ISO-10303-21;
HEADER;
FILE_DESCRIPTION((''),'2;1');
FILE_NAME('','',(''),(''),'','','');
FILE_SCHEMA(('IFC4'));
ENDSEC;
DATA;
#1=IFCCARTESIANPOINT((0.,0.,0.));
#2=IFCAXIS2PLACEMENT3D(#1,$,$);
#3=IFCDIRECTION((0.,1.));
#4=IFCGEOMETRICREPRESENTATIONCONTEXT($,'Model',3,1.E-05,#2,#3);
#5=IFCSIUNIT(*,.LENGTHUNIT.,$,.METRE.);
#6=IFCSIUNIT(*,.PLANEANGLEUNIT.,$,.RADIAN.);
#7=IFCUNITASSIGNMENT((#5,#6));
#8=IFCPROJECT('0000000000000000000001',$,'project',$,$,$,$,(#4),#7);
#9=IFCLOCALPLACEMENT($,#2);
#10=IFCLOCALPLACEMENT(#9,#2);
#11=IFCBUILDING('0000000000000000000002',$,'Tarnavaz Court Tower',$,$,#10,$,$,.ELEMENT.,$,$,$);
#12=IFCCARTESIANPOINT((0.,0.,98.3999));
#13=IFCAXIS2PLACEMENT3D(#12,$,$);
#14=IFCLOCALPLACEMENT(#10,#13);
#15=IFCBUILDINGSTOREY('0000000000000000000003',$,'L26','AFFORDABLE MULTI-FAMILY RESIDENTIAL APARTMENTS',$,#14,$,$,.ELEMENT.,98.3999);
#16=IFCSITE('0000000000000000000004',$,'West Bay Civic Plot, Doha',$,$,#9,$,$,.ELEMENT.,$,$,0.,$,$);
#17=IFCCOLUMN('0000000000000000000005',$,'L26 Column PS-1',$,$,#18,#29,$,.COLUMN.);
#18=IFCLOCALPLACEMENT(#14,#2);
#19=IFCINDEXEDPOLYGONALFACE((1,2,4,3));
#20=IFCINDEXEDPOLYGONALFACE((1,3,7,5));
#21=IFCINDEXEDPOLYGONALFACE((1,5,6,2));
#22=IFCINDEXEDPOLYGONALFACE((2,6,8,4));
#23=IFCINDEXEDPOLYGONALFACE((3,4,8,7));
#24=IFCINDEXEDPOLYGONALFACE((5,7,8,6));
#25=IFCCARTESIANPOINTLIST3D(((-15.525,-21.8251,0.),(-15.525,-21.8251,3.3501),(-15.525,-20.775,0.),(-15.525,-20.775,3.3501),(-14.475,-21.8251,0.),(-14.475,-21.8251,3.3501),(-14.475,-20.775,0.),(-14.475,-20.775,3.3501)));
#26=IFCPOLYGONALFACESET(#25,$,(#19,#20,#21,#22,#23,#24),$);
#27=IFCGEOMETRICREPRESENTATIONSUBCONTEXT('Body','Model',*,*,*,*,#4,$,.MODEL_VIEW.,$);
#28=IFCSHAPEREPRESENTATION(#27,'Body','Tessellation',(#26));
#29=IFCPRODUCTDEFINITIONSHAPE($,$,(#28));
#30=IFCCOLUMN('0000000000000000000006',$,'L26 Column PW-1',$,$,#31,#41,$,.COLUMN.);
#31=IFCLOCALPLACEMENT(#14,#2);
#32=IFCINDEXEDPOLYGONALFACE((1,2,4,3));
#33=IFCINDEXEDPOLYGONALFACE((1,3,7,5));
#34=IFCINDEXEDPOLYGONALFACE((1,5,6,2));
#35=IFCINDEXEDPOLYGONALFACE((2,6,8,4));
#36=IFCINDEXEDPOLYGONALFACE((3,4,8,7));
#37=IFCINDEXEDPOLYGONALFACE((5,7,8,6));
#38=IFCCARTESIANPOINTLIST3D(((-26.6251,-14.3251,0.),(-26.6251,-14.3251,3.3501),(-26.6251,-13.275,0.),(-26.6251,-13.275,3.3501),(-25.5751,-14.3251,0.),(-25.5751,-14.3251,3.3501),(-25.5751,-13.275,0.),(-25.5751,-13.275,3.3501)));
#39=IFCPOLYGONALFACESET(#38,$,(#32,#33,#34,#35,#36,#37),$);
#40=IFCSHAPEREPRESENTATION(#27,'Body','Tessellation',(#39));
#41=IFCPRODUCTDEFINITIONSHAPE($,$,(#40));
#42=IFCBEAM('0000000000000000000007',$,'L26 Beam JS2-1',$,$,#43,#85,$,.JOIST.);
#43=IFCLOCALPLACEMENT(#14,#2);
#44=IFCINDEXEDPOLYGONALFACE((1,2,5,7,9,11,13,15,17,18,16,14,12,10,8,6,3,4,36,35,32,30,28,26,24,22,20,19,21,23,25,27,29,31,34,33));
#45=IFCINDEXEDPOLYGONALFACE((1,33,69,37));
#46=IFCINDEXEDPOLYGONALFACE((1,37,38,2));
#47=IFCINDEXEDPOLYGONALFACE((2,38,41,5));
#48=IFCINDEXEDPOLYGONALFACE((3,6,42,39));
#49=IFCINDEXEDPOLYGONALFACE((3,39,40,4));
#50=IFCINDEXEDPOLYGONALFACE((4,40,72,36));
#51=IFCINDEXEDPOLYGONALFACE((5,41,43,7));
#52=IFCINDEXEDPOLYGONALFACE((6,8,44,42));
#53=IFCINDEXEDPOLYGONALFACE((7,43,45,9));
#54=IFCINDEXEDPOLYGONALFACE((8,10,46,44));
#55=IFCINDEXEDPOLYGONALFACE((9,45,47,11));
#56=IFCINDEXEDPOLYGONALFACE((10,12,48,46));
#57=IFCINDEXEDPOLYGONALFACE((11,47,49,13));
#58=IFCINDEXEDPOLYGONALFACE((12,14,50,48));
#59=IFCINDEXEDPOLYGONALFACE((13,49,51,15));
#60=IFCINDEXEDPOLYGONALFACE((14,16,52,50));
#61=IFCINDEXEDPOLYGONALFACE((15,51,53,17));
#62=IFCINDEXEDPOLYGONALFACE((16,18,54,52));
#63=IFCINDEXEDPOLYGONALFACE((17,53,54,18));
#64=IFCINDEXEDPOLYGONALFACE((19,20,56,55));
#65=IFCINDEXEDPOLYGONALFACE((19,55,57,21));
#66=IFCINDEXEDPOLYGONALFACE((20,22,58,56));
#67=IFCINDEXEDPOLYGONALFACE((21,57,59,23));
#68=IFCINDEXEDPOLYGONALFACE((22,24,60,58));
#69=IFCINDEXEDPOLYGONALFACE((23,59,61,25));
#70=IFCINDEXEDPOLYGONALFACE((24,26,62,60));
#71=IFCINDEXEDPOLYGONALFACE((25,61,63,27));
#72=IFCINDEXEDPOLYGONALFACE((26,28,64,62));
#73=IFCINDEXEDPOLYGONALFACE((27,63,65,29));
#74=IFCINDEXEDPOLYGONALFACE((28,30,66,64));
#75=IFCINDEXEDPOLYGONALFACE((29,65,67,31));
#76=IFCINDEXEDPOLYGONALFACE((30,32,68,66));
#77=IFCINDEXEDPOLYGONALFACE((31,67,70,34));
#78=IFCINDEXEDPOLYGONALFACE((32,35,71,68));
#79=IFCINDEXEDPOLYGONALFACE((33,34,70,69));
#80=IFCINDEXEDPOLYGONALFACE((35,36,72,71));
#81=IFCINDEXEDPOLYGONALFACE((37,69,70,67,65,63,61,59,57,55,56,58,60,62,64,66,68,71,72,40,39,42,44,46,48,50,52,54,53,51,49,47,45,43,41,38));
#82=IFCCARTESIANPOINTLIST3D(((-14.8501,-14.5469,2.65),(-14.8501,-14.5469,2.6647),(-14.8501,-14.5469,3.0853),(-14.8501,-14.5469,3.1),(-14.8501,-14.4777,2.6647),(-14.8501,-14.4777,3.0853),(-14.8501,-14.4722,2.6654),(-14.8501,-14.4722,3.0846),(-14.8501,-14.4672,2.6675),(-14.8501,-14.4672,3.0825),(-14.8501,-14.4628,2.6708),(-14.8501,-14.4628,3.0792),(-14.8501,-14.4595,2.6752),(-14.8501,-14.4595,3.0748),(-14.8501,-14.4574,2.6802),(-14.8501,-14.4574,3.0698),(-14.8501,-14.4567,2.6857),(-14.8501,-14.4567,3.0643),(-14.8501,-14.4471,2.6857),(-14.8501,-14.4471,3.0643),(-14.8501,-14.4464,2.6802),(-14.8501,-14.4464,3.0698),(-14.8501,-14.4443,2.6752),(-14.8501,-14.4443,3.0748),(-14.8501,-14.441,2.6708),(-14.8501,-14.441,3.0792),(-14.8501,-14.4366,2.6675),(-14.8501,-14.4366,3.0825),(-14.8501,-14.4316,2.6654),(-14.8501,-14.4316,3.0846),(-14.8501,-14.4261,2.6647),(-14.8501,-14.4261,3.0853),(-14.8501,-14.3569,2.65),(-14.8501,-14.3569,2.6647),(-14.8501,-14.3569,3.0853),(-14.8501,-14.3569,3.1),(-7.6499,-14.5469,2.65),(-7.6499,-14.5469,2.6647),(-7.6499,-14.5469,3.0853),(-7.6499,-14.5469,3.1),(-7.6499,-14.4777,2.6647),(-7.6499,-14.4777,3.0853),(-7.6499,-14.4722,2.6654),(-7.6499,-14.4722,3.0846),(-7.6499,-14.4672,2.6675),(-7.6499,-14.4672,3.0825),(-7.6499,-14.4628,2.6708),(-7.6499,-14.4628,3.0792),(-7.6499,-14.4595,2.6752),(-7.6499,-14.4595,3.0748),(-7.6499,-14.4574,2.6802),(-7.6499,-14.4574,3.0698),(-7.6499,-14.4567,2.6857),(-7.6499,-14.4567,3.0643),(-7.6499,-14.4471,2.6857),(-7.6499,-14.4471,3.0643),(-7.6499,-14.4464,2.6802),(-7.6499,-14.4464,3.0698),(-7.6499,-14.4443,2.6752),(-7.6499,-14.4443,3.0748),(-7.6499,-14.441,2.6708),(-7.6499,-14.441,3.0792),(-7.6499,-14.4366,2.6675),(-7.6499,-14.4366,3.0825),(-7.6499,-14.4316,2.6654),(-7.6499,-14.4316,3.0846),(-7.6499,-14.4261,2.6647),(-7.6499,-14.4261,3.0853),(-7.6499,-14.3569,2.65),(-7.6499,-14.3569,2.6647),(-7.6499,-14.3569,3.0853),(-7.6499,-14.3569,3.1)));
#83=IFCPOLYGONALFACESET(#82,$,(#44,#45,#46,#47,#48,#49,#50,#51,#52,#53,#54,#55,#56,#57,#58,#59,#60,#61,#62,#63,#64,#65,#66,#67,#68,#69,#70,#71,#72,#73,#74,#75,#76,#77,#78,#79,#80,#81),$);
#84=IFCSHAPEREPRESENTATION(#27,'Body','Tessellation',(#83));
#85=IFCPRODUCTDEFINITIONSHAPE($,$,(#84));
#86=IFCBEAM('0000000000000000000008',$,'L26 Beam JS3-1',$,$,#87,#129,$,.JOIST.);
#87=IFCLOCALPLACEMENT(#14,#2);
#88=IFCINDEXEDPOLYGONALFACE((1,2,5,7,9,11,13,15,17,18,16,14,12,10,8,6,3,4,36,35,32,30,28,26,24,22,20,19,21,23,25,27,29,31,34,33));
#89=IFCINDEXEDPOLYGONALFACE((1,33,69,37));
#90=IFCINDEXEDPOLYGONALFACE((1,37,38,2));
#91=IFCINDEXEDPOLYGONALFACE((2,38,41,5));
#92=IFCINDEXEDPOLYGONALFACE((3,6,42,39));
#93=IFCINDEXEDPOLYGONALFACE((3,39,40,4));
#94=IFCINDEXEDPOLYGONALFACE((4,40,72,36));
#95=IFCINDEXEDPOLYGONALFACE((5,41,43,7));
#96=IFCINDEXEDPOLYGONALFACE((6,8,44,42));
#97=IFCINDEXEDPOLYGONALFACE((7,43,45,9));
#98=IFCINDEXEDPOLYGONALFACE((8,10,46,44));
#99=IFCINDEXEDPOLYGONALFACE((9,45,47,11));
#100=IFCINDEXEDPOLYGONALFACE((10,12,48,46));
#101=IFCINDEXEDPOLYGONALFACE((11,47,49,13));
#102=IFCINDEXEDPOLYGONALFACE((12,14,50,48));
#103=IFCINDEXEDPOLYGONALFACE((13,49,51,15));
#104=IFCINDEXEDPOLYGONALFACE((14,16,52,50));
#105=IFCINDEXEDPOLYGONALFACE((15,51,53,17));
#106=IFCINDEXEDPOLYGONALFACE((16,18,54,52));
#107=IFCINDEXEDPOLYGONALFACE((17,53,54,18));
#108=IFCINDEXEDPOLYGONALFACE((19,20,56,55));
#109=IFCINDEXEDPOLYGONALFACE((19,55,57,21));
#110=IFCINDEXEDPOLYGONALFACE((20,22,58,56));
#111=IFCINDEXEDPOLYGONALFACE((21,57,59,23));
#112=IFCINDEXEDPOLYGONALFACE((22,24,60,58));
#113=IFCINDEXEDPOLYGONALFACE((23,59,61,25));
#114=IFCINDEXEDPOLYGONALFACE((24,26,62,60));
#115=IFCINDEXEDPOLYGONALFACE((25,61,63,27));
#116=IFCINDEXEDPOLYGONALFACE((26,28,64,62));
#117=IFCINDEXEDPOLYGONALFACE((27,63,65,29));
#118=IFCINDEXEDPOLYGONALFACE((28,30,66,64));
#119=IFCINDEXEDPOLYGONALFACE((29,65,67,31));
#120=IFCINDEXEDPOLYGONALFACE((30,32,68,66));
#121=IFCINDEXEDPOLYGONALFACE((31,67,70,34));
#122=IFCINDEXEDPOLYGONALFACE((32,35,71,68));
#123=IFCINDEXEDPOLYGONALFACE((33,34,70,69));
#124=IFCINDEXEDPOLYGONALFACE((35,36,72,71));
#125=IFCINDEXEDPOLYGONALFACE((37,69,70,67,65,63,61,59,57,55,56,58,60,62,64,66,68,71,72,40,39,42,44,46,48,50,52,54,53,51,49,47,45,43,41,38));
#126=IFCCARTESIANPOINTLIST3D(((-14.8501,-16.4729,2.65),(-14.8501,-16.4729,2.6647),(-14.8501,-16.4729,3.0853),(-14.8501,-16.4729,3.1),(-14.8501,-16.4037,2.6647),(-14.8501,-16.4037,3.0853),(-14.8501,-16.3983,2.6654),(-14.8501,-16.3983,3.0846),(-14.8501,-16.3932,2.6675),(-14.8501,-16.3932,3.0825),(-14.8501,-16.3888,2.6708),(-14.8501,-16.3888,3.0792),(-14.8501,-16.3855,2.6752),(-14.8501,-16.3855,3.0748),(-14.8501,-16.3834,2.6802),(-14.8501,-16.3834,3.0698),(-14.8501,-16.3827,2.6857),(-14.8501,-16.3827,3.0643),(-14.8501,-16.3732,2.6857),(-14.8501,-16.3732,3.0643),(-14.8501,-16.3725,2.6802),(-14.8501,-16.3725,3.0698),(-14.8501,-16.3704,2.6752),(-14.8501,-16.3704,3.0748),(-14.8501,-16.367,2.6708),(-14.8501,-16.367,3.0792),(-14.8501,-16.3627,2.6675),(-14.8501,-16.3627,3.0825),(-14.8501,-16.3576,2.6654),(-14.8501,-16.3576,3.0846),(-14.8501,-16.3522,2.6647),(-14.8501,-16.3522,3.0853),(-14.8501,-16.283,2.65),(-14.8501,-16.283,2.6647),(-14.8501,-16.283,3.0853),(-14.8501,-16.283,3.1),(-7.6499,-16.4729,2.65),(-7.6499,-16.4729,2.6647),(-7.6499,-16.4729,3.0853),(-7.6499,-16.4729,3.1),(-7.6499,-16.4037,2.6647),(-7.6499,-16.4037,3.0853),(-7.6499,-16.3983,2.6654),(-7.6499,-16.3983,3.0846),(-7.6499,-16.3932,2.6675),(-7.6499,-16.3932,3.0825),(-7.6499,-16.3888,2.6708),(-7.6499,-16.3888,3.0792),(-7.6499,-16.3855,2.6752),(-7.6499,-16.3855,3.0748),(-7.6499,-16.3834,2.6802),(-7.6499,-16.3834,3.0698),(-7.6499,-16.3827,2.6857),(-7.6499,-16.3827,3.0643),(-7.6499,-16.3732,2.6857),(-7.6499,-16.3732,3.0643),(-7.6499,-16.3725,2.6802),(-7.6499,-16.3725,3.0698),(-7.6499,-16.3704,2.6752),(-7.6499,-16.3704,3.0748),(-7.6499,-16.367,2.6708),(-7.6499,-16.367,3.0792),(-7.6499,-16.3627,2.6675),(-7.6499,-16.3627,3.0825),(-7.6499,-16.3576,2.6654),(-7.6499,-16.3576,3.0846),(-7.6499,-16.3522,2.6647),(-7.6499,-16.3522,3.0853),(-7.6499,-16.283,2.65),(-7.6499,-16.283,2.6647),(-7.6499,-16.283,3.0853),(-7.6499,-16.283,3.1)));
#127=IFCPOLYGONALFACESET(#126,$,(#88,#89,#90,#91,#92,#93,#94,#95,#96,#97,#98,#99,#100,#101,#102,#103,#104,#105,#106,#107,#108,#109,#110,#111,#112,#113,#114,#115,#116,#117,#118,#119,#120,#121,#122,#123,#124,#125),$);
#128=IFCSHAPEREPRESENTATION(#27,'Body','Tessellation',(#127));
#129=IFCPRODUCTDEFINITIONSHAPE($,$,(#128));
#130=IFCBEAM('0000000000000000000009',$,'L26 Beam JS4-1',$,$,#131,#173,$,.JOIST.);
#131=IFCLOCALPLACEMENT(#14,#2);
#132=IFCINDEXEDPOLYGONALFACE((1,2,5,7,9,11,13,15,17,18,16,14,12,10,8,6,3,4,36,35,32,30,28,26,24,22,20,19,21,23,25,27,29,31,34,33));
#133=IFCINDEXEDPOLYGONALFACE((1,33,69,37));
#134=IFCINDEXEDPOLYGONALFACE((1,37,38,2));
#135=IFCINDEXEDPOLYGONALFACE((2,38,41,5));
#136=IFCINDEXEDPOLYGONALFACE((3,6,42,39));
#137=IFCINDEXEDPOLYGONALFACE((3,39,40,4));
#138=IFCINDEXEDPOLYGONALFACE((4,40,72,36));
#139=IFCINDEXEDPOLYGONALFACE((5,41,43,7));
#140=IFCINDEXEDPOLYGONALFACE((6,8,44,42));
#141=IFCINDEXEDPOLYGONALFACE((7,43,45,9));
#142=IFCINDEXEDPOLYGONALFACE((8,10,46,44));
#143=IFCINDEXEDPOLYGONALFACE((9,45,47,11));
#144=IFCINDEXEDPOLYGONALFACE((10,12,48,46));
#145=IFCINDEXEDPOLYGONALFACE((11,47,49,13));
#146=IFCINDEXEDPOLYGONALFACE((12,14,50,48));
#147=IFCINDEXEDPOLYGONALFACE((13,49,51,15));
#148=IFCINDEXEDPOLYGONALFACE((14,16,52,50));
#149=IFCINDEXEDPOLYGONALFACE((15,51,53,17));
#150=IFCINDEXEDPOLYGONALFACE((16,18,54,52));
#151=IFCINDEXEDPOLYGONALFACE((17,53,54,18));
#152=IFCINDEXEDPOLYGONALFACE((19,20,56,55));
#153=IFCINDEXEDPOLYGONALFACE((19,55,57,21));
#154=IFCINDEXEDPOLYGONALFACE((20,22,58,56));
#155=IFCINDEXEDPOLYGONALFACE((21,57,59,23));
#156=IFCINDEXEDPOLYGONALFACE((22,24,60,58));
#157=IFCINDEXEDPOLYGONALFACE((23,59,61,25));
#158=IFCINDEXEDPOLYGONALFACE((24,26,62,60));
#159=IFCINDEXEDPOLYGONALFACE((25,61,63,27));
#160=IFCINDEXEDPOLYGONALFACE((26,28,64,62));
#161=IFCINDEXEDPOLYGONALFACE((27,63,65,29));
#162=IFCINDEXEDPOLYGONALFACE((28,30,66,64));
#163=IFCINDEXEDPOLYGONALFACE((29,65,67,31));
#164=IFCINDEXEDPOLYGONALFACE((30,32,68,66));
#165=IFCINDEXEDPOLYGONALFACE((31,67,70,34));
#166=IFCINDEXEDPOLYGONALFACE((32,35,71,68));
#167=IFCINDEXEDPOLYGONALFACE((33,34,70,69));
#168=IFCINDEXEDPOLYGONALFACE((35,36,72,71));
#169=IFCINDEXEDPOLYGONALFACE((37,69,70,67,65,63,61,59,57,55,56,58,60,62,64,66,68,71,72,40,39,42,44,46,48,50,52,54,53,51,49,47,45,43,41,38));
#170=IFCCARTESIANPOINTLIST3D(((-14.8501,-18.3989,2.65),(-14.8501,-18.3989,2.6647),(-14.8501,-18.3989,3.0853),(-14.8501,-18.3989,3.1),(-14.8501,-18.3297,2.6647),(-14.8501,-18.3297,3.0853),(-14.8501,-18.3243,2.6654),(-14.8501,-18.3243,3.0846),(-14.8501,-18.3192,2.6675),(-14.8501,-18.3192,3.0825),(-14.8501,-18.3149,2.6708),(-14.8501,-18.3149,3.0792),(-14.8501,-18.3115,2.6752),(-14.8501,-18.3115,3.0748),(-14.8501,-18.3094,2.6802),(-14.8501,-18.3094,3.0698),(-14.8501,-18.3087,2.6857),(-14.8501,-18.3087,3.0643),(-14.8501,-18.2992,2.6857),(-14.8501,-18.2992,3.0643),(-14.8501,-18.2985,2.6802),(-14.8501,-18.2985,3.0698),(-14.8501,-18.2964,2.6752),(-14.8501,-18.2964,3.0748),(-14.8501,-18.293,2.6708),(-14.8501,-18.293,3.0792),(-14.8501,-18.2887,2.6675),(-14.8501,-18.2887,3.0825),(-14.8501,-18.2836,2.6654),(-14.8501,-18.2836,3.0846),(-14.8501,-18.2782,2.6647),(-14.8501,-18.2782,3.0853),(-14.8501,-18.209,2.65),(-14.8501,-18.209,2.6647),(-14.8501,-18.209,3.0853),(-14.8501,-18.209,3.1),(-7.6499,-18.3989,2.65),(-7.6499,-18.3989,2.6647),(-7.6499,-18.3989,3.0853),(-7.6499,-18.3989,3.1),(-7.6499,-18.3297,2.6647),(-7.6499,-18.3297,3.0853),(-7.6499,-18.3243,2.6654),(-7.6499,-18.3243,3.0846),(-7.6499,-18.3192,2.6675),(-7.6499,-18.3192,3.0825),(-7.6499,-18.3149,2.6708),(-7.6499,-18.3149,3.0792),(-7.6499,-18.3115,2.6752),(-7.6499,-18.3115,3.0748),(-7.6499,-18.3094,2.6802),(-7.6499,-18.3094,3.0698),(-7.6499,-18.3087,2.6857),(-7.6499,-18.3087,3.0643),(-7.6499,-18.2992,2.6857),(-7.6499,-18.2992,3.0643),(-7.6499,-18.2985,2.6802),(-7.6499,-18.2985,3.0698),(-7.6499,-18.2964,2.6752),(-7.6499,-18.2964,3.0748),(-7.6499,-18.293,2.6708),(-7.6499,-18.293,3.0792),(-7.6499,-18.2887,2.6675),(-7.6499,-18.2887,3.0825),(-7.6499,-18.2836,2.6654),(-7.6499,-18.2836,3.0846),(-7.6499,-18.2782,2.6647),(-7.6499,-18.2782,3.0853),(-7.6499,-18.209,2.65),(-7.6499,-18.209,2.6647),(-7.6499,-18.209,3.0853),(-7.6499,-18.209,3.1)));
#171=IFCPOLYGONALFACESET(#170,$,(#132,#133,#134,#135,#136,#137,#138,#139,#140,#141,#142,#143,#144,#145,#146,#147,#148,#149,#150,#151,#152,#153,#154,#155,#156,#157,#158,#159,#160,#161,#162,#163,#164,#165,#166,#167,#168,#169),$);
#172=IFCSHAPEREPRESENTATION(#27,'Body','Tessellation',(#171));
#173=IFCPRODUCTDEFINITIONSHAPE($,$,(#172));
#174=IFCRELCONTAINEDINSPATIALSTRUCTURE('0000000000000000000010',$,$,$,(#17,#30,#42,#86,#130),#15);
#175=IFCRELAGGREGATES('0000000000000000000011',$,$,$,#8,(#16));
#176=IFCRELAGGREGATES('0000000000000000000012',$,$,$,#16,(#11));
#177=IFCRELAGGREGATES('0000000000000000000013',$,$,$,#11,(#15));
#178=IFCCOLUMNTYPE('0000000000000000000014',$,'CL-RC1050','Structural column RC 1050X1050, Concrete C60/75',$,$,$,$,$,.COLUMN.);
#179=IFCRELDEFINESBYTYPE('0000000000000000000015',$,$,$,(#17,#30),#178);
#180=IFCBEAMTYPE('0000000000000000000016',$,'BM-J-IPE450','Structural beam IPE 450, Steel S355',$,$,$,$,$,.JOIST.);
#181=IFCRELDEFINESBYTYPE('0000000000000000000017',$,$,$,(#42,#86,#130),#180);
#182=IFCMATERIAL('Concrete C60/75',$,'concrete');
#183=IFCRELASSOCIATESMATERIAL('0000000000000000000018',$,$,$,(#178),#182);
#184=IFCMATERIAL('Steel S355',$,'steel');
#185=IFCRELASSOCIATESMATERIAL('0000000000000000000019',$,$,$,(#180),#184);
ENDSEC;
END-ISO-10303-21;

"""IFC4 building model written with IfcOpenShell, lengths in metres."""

from ifc_helpers import new_model, si_unit, direction, frame, origin, origin_2d, place, context, subcontext, project, spatial, rectangle, i_section, extrude, material, material_profile, profile_set, type_object, element, save


model = new_model("IFC4")

# Units and contexts
model_context = context("Model", 3, precision=1e-05, world=origin(), true_north=direction((0.0, 1.0)))
body_context = subcontext(model_context, "Body", "Model", "MODEL_VIEW")
ifc_project = project(units=[si_unit("LENGTHUNIT", "METRE"), si_unit("PLANEANGLEUNIT", "RADIAN")], contexts=[model_context])

# Site, building, storey
site_placement = place(None, origin())
site = spatial("IfcSite", under=ifc_project, at=site_placement, Name="West Bay Civic Plot, Doha", CompositionType="ELEMENT", RefElevation=0.0)
building_placement = place(site_placement, origin())
building = spatial("IfcBuilding", under=site, at=building_placement, Name="Tarnavaz Court Tower", CompositionType="ELEMENT")
storey_placement = place(building_placement, frame((0.0, 0.0, 98.3999)))
storey = spatial("IfcBuildingStorey", under=building, at=storey_placement, Name="L26", Description="AFFORDABLE MULTI-FAMILY RESIDENTIAL APARTMENTS", CompositionType="ELEMENT", Elevation=98.3999)

# Columns
ifc_material_1 = material(Name="Concrete C60/75", Category="concrete")
ifc_material_profile_1 = material_profile(ifc_material_1, rectangle(XDim=1.05, YDim=1.05, at=origin_2d()), Name="RC 1050X1050")
ifc_profile_set_1 = profile_set([ifc_material_profile_1], Name="Concrete C60/75")
column_type = type_object("IfcColumnType", Name="CL-RC1050", Description="Structural column RC 1050X1050, Concrete C60/75", PredefinedType="COLUMN", material=ifc_profile_set_1)
for number, where, z_axis, x_axis, name in (
    (1, (-15.0, -21.3, 0.0), (0.0, 0.0, 1.0), (1.0, 0.0, 0.0), "L26 Column PS-1"),
    (2, (-26.1001, -13.8, 0.0), (0.0, 0.0, 1.0), (1.0, 0.0, 0.0), "L26 Column PW-1"),
):
    element("IfcColumn", number, at=place(storey_placement, frame(where, z_axis=z_axis, x_axis=x_axis)), inside=storey, type_object=column_type, Name=name, PredefinedType="COLUMN", context=body_context, shape_type="SweptSolid", body=[
        extrude(rectangle(XDim=1.05, YDim=1.05, at=origin_2d()), origin(), (0.0, 0.0, 1.0), 3.3501),
    ])

# Beams
ifc_material_2 = material(Name="Steel S355", Category="steel")
ifc_material_profile_2 = material_profile(ifc_material_2, i_section(OverallWidth=0.1899, OverallDepth=0.45, WebThickness=0.0095, FlangeThickness=0.0146, FilletRadius=0.021, at=origin_2d()), Name="IPE 450")
ifc_profile_set_2 = profile_set([ifc_material_profile_2], Name="Steel S355")
beam_type_1 = type_object("IfcBeamType", Name="BM-J-IPE450", Description="Structural beam IPE 450, Steel S355", PredefinedType="JOIST", material=ifc_profile_set_2)
for number, where, z_axis, x_axis, name in (
    (3, (-14.8501, -14.4519, 2.875), (1.0, 0.0, 0.0), (0.0, 1.0, 0.0), "L26 Beam JS2-1"),
    (4, (-14.8501, -16.3779, 2.875), (1.0, 0.0, 0.0), (0.0, 1.0, 0.0), "L26 Beam JS3-1"),
    (5, (-14.8501, -18.304, 2.875), (1.0, 0.0, 0.0), (0.0, 1.0, 0.0), "L26 Beam JS4-1"),
):
    element("IfcBeam", number, at=place(storey_placement, frame(where, z_axis=z_axis, x_axis=x_axis)), inside=storey, type_object=beam_type_1, Name=name, PredefinedType="JOIST", context=body_context, shape_type="SweptSolid", body=[
        extrude(i_section(OverallWidth=0.1899, OverallDepth=0.45, WebThickness=0.0095, FlangeThickness=0.0146, FilletRadius=0.021, at=origin_2d()), origin(), (0.0, 0.0, 1.0), 7.2002),
    ])

save(model, "model.ifc")
